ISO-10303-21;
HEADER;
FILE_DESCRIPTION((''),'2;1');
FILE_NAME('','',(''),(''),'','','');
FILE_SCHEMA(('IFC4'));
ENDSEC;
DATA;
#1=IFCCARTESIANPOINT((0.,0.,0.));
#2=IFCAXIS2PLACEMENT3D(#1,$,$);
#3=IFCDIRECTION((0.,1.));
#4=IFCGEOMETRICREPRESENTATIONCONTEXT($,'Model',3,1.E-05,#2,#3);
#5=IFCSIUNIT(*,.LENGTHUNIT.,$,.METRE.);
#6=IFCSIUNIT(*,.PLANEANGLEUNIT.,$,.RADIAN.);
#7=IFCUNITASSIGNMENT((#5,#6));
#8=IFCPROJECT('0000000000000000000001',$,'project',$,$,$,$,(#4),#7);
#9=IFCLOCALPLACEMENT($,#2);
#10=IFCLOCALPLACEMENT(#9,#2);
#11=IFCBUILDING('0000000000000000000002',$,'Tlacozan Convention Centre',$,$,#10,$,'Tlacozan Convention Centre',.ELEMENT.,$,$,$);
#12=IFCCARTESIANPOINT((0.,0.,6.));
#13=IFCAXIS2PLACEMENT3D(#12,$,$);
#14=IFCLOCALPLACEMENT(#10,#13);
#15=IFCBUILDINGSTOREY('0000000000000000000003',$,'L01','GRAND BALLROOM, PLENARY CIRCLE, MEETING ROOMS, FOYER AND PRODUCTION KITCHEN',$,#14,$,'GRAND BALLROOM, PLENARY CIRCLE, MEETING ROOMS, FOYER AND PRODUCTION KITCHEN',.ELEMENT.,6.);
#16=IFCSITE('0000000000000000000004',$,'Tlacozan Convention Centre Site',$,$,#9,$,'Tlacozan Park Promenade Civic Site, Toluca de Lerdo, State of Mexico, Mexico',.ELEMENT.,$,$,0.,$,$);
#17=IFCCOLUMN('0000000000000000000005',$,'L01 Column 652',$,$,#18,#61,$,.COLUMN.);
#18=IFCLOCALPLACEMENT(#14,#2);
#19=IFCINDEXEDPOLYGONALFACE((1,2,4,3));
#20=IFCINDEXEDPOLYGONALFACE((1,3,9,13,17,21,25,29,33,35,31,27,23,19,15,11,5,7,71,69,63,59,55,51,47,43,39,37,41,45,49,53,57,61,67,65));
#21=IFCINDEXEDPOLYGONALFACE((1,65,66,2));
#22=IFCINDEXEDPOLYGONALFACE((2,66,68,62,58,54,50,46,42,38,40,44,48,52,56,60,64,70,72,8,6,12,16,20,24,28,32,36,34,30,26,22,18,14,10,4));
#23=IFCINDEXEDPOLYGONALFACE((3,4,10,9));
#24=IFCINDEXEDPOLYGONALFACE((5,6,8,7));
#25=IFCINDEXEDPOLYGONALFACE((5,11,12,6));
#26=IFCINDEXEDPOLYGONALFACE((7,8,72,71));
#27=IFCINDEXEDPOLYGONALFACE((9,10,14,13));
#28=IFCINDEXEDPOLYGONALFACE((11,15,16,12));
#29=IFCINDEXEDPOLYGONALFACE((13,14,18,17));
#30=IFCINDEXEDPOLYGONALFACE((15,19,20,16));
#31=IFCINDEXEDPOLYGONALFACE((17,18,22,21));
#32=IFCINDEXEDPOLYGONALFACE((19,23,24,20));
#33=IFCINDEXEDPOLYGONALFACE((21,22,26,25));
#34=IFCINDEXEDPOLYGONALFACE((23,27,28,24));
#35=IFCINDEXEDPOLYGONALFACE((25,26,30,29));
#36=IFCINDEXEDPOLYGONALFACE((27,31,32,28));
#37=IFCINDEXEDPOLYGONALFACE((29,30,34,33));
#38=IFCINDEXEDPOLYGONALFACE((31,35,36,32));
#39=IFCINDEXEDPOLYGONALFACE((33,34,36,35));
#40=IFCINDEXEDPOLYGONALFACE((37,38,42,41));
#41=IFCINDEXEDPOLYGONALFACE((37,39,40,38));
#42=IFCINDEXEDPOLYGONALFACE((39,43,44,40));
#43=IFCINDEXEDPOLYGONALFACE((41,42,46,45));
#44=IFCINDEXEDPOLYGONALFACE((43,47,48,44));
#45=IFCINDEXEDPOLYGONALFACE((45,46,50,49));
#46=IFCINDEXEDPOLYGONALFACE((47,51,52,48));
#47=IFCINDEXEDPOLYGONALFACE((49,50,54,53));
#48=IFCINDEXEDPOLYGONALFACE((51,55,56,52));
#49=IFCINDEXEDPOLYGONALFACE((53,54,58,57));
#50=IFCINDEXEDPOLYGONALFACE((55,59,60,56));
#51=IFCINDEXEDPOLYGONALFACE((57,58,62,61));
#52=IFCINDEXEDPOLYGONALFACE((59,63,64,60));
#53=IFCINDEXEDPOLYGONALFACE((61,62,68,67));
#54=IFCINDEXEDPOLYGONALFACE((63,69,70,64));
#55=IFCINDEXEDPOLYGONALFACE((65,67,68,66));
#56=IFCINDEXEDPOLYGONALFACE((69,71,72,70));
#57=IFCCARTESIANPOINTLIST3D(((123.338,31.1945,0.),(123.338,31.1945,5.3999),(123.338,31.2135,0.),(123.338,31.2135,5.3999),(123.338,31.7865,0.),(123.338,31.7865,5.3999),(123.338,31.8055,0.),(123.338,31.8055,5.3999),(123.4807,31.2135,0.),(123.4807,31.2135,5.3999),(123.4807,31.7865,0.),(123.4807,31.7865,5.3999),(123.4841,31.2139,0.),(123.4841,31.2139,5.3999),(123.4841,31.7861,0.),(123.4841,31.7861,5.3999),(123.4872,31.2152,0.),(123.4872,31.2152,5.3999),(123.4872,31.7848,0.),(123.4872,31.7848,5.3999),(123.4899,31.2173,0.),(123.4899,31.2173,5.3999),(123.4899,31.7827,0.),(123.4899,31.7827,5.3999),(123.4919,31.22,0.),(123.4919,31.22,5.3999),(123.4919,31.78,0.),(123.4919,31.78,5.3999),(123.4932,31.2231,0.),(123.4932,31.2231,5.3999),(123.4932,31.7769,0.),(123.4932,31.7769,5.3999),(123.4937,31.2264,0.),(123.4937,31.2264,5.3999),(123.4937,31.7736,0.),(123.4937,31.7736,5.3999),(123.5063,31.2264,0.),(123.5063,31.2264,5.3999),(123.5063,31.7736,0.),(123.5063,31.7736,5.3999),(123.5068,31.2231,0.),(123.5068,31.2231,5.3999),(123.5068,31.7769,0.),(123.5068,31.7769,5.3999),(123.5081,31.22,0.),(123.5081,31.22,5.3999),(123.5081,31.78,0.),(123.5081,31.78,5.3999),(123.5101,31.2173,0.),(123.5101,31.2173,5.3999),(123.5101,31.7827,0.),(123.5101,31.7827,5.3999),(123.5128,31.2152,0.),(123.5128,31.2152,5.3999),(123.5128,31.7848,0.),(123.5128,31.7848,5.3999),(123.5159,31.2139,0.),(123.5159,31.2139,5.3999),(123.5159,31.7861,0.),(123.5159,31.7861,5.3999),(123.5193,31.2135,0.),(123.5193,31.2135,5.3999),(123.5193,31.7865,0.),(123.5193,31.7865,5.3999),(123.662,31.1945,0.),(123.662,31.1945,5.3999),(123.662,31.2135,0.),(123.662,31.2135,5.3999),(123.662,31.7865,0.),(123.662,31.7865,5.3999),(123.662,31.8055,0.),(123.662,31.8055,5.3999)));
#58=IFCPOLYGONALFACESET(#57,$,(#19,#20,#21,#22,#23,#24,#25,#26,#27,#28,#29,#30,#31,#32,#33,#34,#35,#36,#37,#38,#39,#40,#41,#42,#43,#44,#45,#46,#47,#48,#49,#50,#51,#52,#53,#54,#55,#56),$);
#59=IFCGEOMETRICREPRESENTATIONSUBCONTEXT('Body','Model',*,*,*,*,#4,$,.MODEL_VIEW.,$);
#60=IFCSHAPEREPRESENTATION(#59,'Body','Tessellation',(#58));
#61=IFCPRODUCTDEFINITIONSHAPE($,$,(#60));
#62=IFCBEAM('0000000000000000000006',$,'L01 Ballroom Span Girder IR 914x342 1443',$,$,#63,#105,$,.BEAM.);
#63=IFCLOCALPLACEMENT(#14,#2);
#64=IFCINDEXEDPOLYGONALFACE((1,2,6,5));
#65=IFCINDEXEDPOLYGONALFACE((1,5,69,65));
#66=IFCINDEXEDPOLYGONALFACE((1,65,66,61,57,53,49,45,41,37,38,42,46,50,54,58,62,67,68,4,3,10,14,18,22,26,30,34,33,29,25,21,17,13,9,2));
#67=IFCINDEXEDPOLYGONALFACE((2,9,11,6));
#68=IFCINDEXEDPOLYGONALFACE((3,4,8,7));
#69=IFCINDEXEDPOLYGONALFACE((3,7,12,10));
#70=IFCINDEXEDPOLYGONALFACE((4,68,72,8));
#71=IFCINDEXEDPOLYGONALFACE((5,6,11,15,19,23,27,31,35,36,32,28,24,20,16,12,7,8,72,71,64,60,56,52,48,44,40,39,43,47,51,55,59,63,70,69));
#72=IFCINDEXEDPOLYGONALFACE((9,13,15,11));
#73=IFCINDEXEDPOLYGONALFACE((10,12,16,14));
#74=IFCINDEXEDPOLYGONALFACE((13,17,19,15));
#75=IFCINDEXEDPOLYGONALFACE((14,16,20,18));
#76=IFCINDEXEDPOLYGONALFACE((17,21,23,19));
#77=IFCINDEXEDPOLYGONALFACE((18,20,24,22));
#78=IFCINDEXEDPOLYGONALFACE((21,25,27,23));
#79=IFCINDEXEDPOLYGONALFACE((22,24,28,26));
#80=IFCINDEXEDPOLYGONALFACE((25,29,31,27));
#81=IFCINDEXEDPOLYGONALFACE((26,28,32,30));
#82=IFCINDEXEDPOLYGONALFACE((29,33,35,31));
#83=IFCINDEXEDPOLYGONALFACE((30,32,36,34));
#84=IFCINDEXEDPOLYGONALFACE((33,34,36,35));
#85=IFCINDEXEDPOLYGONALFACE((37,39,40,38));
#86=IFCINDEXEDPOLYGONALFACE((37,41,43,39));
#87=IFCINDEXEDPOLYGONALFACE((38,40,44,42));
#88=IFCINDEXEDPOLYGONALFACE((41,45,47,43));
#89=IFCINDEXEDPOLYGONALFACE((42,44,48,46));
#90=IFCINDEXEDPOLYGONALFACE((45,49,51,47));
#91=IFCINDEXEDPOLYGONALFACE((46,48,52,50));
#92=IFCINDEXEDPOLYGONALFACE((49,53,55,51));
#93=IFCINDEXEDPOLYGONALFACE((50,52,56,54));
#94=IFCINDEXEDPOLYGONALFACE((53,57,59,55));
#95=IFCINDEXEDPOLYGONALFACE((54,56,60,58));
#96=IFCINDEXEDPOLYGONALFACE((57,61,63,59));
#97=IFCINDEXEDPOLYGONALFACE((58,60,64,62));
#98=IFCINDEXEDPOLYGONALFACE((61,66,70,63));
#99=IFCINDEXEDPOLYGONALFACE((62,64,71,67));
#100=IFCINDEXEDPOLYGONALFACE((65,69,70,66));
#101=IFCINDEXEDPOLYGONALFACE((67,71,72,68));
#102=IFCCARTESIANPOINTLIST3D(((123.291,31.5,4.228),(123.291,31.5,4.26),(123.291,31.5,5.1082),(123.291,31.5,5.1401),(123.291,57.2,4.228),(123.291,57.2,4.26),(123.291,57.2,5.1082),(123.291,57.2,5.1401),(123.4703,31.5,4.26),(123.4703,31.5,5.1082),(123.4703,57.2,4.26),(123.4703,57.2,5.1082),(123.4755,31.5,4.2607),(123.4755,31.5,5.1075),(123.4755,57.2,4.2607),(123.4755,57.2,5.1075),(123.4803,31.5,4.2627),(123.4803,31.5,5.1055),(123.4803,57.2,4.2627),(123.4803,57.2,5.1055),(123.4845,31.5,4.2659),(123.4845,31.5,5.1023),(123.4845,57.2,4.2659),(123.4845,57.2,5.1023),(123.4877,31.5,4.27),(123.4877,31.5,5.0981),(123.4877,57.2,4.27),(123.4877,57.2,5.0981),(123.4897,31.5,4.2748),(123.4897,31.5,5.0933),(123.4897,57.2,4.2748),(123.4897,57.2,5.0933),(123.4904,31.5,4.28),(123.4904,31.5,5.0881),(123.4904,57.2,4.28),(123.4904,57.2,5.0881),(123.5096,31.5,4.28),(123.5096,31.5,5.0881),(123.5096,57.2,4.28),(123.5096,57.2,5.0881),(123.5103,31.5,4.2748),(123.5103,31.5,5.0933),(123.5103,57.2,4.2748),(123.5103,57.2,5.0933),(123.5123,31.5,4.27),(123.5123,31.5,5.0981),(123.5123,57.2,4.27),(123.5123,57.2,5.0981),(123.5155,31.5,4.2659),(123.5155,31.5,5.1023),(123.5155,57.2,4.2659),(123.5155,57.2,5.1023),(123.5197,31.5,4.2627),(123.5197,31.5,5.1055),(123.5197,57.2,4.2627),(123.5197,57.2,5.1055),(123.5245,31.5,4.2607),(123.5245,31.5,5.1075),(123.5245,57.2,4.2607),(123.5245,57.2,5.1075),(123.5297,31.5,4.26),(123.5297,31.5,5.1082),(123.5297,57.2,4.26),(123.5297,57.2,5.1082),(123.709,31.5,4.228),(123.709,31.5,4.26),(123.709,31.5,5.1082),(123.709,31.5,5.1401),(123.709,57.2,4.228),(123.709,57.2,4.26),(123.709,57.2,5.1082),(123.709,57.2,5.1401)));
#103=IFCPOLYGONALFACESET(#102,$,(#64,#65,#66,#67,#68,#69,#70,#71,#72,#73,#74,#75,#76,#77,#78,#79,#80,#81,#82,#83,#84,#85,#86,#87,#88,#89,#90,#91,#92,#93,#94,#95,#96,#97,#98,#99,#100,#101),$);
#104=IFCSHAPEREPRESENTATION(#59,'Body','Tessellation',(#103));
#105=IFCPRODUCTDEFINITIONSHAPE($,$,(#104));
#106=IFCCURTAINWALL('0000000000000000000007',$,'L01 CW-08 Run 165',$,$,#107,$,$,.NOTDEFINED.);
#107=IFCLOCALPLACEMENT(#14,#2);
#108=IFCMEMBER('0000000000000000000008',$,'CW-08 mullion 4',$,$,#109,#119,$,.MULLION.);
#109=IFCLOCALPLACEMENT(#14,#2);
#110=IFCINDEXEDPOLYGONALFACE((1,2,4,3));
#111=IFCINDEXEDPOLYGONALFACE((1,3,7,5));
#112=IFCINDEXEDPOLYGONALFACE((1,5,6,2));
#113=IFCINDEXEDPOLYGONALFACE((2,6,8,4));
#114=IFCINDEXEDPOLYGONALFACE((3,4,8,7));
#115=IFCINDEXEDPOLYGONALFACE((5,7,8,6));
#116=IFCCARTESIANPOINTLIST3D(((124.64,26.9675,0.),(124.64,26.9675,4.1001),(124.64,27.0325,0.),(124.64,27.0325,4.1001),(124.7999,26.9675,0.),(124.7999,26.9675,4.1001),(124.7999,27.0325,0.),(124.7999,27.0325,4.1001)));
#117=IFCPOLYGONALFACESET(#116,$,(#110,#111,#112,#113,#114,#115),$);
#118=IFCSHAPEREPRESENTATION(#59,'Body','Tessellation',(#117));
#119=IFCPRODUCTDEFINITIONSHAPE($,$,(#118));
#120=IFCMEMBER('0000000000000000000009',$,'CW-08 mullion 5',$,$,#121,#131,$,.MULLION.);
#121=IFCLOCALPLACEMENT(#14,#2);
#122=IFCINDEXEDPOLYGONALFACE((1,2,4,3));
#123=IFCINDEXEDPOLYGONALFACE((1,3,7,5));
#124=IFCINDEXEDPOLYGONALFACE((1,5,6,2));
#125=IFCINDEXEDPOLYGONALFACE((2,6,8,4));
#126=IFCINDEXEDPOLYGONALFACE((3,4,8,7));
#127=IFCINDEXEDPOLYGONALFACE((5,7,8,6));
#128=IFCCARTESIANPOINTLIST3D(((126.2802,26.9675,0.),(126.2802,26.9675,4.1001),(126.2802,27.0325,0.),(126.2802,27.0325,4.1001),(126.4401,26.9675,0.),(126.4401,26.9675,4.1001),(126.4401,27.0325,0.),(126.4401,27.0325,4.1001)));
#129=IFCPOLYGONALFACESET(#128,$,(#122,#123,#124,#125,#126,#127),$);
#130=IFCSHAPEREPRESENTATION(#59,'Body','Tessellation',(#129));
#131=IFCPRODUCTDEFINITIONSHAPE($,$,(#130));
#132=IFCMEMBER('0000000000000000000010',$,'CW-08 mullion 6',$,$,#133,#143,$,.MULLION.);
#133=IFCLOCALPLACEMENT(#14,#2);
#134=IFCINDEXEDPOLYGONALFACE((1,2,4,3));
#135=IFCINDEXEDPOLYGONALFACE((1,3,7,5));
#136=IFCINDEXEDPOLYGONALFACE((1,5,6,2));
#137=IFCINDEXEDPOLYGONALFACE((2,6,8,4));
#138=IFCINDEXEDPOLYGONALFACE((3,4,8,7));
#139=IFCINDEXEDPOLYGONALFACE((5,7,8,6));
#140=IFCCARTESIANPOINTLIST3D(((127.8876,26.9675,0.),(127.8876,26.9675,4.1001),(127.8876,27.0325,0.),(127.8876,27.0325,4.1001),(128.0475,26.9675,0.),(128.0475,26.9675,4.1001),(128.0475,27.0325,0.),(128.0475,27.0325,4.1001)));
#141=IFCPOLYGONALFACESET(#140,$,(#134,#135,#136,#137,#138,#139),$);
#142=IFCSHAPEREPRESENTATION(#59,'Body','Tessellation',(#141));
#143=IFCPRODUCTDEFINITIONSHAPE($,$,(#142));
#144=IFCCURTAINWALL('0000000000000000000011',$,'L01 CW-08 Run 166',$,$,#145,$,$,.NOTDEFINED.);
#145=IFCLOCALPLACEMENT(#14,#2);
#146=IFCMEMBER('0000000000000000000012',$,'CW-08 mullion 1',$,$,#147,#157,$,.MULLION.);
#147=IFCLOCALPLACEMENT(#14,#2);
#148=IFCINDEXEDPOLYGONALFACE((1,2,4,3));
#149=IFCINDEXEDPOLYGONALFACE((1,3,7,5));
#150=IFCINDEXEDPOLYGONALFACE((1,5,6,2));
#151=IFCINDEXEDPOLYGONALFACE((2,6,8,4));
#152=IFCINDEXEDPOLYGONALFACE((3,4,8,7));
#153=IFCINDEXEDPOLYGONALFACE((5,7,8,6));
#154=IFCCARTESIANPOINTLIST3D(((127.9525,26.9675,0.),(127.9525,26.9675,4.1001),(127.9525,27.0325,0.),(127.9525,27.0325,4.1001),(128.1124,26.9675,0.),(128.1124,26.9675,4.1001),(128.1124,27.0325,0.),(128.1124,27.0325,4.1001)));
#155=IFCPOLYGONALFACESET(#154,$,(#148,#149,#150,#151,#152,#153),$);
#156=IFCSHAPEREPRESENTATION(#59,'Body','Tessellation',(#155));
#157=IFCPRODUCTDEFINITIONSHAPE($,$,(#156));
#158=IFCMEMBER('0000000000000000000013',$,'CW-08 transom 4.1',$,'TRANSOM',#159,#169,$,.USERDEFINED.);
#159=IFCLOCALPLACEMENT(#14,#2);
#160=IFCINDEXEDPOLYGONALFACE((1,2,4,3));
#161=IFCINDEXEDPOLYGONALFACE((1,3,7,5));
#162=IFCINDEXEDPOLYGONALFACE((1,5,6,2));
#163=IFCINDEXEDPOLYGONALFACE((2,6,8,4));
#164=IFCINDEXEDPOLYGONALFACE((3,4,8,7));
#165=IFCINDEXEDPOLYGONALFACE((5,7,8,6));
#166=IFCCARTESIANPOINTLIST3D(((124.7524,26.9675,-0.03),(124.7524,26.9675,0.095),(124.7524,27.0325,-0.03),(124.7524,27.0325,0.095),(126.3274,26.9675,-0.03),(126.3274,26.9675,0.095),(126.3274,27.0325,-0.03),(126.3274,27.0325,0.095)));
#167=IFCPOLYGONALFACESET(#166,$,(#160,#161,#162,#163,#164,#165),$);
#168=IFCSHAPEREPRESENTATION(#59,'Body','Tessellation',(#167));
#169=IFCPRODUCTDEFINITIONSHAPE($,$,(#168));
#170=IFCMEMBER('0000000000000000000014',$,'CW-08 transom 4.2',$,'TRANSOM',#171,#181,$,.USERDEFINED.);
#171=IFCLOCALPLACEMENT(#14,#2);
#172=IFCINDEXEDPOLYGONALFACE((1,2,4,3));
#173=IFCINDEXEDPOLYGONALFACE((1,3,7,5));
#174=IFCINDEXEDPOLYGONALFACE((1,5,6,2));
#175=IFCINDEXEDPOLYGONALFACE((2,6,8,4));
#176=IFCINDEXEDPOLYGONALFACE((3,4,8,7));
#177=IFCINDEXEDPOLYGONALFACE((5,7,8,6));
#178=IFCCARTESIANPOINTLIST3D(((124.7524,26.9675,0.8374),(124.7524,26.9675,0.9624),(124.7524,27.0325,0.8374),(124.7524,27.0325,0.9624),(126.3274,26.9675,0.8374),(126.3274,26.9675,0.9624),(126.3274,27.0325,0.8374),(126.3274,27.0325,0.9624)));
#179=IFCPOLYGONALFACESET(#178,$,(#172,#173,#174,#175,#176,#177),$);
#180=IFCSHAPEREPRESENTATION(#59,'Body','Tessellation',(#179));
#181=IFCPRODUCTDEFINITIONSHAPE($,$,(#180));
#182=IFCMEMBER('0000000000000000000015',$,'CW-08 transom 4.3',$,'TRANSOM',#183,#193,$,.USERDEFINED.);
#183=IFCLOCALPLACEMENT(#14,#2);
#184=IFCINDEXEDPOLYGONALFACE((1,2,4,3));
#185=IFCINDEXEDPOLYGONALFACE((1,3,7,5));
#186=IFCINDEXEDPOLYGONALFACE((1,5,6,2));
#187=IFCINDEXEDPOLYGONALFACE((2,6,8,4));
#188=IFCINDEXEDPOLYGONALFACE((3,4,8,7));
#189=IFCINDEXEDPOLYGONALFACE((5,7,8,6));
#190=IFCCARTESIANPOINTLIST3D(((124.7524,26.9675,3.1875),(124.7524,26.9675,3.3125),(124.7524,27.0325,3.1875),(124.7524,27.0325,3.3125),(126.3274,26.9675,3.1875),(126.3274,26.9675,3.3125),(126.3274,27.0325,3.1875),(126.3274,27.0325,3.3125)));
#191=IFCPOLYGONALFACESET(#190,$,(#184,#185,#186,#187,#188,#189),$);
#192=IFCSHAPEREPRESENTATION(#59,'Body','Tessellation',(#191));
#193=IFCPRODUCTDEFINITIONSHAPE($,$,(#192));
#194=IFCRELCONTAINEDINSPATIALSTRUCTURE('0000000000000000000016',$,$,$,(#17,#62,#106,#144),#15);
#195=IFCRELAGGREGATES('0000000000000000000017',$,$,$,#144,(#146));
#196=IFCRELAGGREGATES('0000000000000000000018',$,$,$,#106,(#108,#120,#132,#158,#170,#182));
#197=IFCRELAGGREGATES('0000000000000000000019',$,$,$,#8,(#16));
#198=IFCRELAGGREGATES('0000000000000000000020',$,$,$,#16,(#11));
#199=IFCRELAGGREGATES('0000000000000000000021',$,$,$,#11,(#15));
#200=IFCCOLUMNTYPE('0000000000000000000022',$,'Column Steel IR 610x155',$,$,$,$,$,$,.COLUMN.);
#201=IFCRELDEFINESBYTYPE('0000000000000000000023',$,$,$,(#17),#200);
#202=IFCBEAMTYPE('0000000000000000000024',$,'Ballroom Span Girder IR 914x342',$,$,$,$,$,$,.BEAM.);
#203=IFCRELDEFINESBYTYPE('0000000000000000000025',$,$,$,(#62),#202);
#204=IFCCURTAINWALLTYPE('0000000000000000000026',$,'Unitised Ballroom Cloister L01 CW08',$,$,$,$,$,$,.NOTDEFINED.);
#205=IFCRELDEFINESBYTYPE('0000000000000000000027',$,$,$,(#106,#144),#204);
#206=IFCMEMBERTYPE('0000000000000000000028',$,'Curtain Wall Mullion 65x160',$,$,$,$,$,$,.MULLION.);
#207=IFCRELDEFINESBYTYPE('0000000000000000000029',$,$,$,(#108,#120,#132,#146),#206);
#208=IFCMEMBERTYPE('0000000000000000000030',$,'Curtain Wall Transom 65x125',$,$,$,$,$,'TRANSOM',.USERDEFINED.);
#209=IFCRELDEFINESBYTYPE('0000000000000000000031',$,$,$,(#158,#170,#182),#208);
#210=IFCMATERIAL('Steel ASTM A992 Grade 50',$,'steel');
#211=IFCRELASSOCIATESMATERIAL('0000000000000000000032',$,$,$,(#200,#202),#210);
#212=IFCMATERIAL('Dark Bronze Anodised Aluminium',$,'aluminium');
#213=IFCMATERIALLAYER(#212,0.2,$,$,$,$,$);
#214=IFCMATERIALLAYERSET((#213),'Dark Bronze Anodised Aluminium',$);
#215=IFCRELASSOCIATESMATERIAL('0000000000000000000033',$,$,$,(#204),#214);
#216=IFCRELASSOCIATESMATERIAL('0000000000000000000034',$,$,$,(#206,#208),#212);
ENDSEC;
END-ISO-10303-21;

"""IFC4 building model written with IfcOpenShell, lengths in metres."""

from ifc_helpers import new_model, si_unit, direction, frame, origin, origin_2d, place, context, subcontext, project, spatial, rectangle, i_section, extrude, material, layer, layer_set, material_profile, profile_set, type_object, element, aggregate, save


model = new_model("IFC4")

# Units and contexts
model_context = context("Model", 3, precision=1e-05, world=origin(), true_north=direction((0.0, 1.0)))
body_context = subcontext(model_context, "Body", "Model", "MODEL_VIEW")
ifc_project = project(units=[si_unit("LENGTHUNIT", "METRE"), si_unit("PLANEANGLEUNIT", "RADIAN")], contexts=[model_context])

# Site, building, storey
site_placement = place(None, origin())
site = spatial("IfcSite", under=ifc_project, at=site_placement, Name="Tlacozan Convention Centre Site", LongName="Tlacozan Park Promenade Civic Site, Toluca de Lerdo, State of Mexico, Mexico", CompositionType="ELEMENT", RefElevation=0.0)
building_placement = place(site_placement, origin())
building = spatial("IfcBuilding", under=site, at=building_placement, Name="Tlacozan Convention Centre", LongName="Tlacozan Convention Centre", CompositionType="ELEMENT")
storey_placement = place(building_placement, frame((0.0, 0.0, 6.0)))
storey = spatial("IfcBuildingStorey", under=building, at=storey_placement, Name="L01", Description="GRAND BALLROOM, PLENARY CIRCLE, MEETING ROOMS, FOYER AND PRODUCTION KITCHEN", LongName="GRAND BALLROOM, PLENARY CIRCLE, MEETING ROOMS, FOYER AND PRODUCTION KITCHEN", CompositionType="ELEMENT", Elevation=6.0)

# Column
ifc_material_1 = material(Name="Steel ASTM A992 Grade 50", Category="steel")
ifc_material_profile_1 = material_profile(ifc_material_1, i_section(OverallWidth=0.324, OverallDepth=0.6111, WebThickness=0.0127, FlangeThickness=0.019, FilletRadius=0.0129, at=origin_2d()), Name="IR 610x155.0")
ifc_profile_set_1 = profile_set([ifc_material_profile_1], Name="Steel ASTM A992 Grade 50")
column_type = type_object("IfcColumnType", Name="Column Steel IR 610x155", PredefinedType="COLUMN", material=ifc_profile_set_1)
column_placement = place(storey_placement, frame((123.5, 31.5, 0.0), z_axis=(0.0, 0.0, 1.0), x_axis=(1.0, 0.0, 0.0)))
element("IfcColumn", 1, at=column_placement, inside=storey, type_object=column_type, Name="L01 Column 652", PredefinedType="COLUMN", context=body_context, shape_type="SweptSolid", body=[
    extrude(i_section(OverallWidth=0.324, OverallDepth=0.6111, WebThickness=0.0127, FlangeThickness=0.019, FilletRadius=0.0129, at=origin_2d()), origin(), (0.0, 0.0, 1.0), 5.3999),
])

# Beam
ifc_material_profile_2 = material_profile(ifc_material_1, i_section(OverallWidth=0.418, OverallDepth=0.9121, WebThickness=0.0193, FlangeThickness=0.032, FilletRadius=0.02, at=origin_2d()), Name="IR 914x342.0")
ifc_profile_set_2 = profile_set([ifc_material_profile_2], Name="Steel ASTM A992 Grade 50")
beam_type_1 = type_object("IfcBeamType", Name="Ballroom Span Girder IR 914x342", PredefinedType="BEAM", material=ifc_profile_set_2)
beam_1_placement = place(storey_placement, frame((123.5, 31.5, 4.6841), z_axis=(0.0, 1.0, 0.0), x_axis=(-1.0, 0.0, 0.0)))
element("IfcBeam", 2, at=beam_1_placement, inside=storey, type_object=beam_type_1, Name="L01 Ballroom Span Girder IR 914x342 1443", PredefinedType="BEAM", context=body_context, shape_type="SweptSolid", body=[
    extrude(i_section(OverallWidth=0.418, OverallDepth=0.9121, WebThickness=0.0193, FlangeThickness=0.032, FilletRadius=0.02, at=origin_2d()), origin(), (0.0, 0.0, 1.0), 25.7),
])

# Curtain wall, members
ifc_material_2 = material(Name="Dark Bronze Anodised Aluminium", Category="aluminium")
ifc_layer_1 = layer(ifc_material_2, 0.2)
ifc_layer_set_1 = layer_set([ifc_layer_1], Name="Dark Bronze Anodised Aluminium")
curtain_wall_type = type_object("IfcCurtainWallType", Name="Unitised Ballroom Cloister L01 CW08", PredefinedType="NOTDEFINED", material=ifc_layer_set_1)
curtain_wall_1_placement = place(storey_placement, origin())
curtain_wall_1 = element("IfcCurtainWall", 3, at=curtain_wall_1_placement, inside=storey, type_object=curtain_wall_type, Name="L01 CW-08 Run 165", PredefinedType="NOTDEFINED")
ifc_material_profile_3 = material_profile(ifc_material_2, rectangle(XDim=0.0649, YDim=0.1599, at=origin_2d()), Name="ALU 65x160")
ifc_profile_set_3 = profile_set([ifc_material_profile_3], Name="Dark Bronze Anodised Aluminium")
member_type_1 = type_object("IfcMemberType", Name="Curtain Wall Mullion 65x160", PredefinedType="MULLION", material=ifc_profile_set_3)
member_1_placement = place(storey_placement, frame((124.72, 27.0, 0.0), z_axis=(0.0, 0.0, 1.0), x_axis=(0.0, 1.0, 0.0)))
member_1 = element("IfcMember", 4, at=member_1_placement, type_object=member_type_1, Name="CW-08 mullion 4", PredefinedType="MULLION", context=body_context, shape_type="SweptSolid", body=[
    extrude(rectangle(XDim=0.0649, YDim=0.1599, at=origin_2d()), origin(), (0.0, 0.0, 1.0), 4.1001),
])
member_2_placement = place(storey_placement, frame((126.3601, 27.0, 0.0), z_axis=(0.0, 0.0, 1.0), x_axis=(0.0, 1.0, 0.0)))
member_2 = element("IfcMember", 5, at=member_2_placement, type_object=member_type_1, Name="CW-08 mullion 5", PredefinedType="MULLION", context=body_context, shape_type="SweptSolid", body=[
    extrude(rectangle(XDim=0.0649, YDim=0.1599, at=origin_2d()), origin(), (0.0, 0.0, 1.0), 4.1001),
])
member_3_placement = place(storey_placement, frame((127.9675, 27.0, 0.0), z_axis=(0.0, 0.0, 1.0), x_axis=(0.0, 1.0, 0.0)))
member_3 = element("IfcMember", 6, at=member_3_placement, type_object=member_type_1, Name="CW-08 mullion 6", PredefinedType="MULLION", context=body_context, shape_type="SweptSolid", body=[
    extrude(rectangle(XDim=0.0649, YDim=0.1599, at=origin_2d()), origin(), (0.0, 0.0, 1.0), 4.1001),
])

# Curtain wall, member
curtain_wall_2_placement = place(storey_placement, origin())
curtain_wall_2 = element("IfcCurtainWall", 7, at=curtain_wall_2_placement, inside=storey, type_object=curtain_wall_type, Name="L01 CW-08 Run 166", PredefinedType="NOTDEFINED")
member_4_placement = place(storey_placement, frame((128.0325, 27.0, 0.0), z_axis=(0.0, 0.0, 1.0), x_axis=(0.0, 1.0, 0.0)))
member_4 = element("IfcMember", 8, at=member_4_placement, type_object=member_type_1, Name="CW-08 mullion 1", PredefinedType="MULLION", context=body_context, shape_type="SweptSolid", body=[
    extrude(rectangle(XDim=0.0649, YDim=0.1599, at=origin_2d()), origin(), (0.0, 0.0, 1.0), 4.1001),
])
aggregate(curtain_wall_2, [member_4])

# Members
ifc_material_profile_4 = material_profile(ifc_material_2, rectangle(XDim=0.0649, YDim=0.125, at=origin_2d()), Name="ALU 65x125")
ifc_profile_set_4 = profile_set([ifc_material_profile_4], Name="Dark Bronze Anodised Aluminium")
member_type_2 = type_object("IfcMemberType", Name="Curtain Wall Transom 65x125", ElementType="TRANSOM", PredefinedType="USERDEFINED", material=ifc_profile_set_4)
member_5_placement = place(storey_placement, frame((124.7524, 27.0, 0.0325), z_axis=(1.0, 0.0, 0.0), x_axis=(0.0, 1.0, 0.0)))
member_5 = element("IfcMember", 9, at=member_5_placement, type_object=member_type_2, Name="CW-08 transom 4.1", ObjectType="TRANSOM", PredefinedType="USERDEFINED", context=body_context, shape_type="SweptSolid", body=[
    extrude(rectangle(XDim=0.0649, YDim=0.125, at=origin_2d()), origin(), (0.0, 0.0, 1.0), 1.575),
])
member_6_placement = place(storey_placement, frame((124.7524, 27.0, 0.8999), z_axis=(1.0, 0.0, 0.0), x_axis=(0.0, 1.0, 0.0)))
member_6 = element("IfcMember", 10, at=member_6_placement, type_object=member_type_2, Name="CW-08 transom 4.2", ObjectType="TRANSOM", PredefinedType="USERDEFINED", context=body_context, shape_type="SweptSolid", body=[
    extrude(rectangle(XDim=0.0649, YDim=0.125, at=origin_2d()), origin(), (0.0, 0.0, 1.0), 1.575),
])
member_7_placement = place(storey_placement, frame((124.7524, 27.0, 3.25), z_axis=(1.0, 0.0, 0.0), x_axis=(0.0, 1.0, 0.0)))
member_7 = element("IfcMember", 11, at=member_7_placement, type_object=member_type_2, Name="CW-08 transom 4.3", ObjectType="TRANSOM", PredefinedType="USERDEFINED", context=body_context, shape_type="SweptSolid", body=[
    extrude(rectangle(XDim=0.0649, YDim=0.125, at=origin_2d()), origin(), (0.0, 0.0, 1.0), 1.575),
])

aggregate(curtain_wall_1, [member_1, member_2, member_3, member_5, member_6, member_7])

save(model, "model.ifc")
